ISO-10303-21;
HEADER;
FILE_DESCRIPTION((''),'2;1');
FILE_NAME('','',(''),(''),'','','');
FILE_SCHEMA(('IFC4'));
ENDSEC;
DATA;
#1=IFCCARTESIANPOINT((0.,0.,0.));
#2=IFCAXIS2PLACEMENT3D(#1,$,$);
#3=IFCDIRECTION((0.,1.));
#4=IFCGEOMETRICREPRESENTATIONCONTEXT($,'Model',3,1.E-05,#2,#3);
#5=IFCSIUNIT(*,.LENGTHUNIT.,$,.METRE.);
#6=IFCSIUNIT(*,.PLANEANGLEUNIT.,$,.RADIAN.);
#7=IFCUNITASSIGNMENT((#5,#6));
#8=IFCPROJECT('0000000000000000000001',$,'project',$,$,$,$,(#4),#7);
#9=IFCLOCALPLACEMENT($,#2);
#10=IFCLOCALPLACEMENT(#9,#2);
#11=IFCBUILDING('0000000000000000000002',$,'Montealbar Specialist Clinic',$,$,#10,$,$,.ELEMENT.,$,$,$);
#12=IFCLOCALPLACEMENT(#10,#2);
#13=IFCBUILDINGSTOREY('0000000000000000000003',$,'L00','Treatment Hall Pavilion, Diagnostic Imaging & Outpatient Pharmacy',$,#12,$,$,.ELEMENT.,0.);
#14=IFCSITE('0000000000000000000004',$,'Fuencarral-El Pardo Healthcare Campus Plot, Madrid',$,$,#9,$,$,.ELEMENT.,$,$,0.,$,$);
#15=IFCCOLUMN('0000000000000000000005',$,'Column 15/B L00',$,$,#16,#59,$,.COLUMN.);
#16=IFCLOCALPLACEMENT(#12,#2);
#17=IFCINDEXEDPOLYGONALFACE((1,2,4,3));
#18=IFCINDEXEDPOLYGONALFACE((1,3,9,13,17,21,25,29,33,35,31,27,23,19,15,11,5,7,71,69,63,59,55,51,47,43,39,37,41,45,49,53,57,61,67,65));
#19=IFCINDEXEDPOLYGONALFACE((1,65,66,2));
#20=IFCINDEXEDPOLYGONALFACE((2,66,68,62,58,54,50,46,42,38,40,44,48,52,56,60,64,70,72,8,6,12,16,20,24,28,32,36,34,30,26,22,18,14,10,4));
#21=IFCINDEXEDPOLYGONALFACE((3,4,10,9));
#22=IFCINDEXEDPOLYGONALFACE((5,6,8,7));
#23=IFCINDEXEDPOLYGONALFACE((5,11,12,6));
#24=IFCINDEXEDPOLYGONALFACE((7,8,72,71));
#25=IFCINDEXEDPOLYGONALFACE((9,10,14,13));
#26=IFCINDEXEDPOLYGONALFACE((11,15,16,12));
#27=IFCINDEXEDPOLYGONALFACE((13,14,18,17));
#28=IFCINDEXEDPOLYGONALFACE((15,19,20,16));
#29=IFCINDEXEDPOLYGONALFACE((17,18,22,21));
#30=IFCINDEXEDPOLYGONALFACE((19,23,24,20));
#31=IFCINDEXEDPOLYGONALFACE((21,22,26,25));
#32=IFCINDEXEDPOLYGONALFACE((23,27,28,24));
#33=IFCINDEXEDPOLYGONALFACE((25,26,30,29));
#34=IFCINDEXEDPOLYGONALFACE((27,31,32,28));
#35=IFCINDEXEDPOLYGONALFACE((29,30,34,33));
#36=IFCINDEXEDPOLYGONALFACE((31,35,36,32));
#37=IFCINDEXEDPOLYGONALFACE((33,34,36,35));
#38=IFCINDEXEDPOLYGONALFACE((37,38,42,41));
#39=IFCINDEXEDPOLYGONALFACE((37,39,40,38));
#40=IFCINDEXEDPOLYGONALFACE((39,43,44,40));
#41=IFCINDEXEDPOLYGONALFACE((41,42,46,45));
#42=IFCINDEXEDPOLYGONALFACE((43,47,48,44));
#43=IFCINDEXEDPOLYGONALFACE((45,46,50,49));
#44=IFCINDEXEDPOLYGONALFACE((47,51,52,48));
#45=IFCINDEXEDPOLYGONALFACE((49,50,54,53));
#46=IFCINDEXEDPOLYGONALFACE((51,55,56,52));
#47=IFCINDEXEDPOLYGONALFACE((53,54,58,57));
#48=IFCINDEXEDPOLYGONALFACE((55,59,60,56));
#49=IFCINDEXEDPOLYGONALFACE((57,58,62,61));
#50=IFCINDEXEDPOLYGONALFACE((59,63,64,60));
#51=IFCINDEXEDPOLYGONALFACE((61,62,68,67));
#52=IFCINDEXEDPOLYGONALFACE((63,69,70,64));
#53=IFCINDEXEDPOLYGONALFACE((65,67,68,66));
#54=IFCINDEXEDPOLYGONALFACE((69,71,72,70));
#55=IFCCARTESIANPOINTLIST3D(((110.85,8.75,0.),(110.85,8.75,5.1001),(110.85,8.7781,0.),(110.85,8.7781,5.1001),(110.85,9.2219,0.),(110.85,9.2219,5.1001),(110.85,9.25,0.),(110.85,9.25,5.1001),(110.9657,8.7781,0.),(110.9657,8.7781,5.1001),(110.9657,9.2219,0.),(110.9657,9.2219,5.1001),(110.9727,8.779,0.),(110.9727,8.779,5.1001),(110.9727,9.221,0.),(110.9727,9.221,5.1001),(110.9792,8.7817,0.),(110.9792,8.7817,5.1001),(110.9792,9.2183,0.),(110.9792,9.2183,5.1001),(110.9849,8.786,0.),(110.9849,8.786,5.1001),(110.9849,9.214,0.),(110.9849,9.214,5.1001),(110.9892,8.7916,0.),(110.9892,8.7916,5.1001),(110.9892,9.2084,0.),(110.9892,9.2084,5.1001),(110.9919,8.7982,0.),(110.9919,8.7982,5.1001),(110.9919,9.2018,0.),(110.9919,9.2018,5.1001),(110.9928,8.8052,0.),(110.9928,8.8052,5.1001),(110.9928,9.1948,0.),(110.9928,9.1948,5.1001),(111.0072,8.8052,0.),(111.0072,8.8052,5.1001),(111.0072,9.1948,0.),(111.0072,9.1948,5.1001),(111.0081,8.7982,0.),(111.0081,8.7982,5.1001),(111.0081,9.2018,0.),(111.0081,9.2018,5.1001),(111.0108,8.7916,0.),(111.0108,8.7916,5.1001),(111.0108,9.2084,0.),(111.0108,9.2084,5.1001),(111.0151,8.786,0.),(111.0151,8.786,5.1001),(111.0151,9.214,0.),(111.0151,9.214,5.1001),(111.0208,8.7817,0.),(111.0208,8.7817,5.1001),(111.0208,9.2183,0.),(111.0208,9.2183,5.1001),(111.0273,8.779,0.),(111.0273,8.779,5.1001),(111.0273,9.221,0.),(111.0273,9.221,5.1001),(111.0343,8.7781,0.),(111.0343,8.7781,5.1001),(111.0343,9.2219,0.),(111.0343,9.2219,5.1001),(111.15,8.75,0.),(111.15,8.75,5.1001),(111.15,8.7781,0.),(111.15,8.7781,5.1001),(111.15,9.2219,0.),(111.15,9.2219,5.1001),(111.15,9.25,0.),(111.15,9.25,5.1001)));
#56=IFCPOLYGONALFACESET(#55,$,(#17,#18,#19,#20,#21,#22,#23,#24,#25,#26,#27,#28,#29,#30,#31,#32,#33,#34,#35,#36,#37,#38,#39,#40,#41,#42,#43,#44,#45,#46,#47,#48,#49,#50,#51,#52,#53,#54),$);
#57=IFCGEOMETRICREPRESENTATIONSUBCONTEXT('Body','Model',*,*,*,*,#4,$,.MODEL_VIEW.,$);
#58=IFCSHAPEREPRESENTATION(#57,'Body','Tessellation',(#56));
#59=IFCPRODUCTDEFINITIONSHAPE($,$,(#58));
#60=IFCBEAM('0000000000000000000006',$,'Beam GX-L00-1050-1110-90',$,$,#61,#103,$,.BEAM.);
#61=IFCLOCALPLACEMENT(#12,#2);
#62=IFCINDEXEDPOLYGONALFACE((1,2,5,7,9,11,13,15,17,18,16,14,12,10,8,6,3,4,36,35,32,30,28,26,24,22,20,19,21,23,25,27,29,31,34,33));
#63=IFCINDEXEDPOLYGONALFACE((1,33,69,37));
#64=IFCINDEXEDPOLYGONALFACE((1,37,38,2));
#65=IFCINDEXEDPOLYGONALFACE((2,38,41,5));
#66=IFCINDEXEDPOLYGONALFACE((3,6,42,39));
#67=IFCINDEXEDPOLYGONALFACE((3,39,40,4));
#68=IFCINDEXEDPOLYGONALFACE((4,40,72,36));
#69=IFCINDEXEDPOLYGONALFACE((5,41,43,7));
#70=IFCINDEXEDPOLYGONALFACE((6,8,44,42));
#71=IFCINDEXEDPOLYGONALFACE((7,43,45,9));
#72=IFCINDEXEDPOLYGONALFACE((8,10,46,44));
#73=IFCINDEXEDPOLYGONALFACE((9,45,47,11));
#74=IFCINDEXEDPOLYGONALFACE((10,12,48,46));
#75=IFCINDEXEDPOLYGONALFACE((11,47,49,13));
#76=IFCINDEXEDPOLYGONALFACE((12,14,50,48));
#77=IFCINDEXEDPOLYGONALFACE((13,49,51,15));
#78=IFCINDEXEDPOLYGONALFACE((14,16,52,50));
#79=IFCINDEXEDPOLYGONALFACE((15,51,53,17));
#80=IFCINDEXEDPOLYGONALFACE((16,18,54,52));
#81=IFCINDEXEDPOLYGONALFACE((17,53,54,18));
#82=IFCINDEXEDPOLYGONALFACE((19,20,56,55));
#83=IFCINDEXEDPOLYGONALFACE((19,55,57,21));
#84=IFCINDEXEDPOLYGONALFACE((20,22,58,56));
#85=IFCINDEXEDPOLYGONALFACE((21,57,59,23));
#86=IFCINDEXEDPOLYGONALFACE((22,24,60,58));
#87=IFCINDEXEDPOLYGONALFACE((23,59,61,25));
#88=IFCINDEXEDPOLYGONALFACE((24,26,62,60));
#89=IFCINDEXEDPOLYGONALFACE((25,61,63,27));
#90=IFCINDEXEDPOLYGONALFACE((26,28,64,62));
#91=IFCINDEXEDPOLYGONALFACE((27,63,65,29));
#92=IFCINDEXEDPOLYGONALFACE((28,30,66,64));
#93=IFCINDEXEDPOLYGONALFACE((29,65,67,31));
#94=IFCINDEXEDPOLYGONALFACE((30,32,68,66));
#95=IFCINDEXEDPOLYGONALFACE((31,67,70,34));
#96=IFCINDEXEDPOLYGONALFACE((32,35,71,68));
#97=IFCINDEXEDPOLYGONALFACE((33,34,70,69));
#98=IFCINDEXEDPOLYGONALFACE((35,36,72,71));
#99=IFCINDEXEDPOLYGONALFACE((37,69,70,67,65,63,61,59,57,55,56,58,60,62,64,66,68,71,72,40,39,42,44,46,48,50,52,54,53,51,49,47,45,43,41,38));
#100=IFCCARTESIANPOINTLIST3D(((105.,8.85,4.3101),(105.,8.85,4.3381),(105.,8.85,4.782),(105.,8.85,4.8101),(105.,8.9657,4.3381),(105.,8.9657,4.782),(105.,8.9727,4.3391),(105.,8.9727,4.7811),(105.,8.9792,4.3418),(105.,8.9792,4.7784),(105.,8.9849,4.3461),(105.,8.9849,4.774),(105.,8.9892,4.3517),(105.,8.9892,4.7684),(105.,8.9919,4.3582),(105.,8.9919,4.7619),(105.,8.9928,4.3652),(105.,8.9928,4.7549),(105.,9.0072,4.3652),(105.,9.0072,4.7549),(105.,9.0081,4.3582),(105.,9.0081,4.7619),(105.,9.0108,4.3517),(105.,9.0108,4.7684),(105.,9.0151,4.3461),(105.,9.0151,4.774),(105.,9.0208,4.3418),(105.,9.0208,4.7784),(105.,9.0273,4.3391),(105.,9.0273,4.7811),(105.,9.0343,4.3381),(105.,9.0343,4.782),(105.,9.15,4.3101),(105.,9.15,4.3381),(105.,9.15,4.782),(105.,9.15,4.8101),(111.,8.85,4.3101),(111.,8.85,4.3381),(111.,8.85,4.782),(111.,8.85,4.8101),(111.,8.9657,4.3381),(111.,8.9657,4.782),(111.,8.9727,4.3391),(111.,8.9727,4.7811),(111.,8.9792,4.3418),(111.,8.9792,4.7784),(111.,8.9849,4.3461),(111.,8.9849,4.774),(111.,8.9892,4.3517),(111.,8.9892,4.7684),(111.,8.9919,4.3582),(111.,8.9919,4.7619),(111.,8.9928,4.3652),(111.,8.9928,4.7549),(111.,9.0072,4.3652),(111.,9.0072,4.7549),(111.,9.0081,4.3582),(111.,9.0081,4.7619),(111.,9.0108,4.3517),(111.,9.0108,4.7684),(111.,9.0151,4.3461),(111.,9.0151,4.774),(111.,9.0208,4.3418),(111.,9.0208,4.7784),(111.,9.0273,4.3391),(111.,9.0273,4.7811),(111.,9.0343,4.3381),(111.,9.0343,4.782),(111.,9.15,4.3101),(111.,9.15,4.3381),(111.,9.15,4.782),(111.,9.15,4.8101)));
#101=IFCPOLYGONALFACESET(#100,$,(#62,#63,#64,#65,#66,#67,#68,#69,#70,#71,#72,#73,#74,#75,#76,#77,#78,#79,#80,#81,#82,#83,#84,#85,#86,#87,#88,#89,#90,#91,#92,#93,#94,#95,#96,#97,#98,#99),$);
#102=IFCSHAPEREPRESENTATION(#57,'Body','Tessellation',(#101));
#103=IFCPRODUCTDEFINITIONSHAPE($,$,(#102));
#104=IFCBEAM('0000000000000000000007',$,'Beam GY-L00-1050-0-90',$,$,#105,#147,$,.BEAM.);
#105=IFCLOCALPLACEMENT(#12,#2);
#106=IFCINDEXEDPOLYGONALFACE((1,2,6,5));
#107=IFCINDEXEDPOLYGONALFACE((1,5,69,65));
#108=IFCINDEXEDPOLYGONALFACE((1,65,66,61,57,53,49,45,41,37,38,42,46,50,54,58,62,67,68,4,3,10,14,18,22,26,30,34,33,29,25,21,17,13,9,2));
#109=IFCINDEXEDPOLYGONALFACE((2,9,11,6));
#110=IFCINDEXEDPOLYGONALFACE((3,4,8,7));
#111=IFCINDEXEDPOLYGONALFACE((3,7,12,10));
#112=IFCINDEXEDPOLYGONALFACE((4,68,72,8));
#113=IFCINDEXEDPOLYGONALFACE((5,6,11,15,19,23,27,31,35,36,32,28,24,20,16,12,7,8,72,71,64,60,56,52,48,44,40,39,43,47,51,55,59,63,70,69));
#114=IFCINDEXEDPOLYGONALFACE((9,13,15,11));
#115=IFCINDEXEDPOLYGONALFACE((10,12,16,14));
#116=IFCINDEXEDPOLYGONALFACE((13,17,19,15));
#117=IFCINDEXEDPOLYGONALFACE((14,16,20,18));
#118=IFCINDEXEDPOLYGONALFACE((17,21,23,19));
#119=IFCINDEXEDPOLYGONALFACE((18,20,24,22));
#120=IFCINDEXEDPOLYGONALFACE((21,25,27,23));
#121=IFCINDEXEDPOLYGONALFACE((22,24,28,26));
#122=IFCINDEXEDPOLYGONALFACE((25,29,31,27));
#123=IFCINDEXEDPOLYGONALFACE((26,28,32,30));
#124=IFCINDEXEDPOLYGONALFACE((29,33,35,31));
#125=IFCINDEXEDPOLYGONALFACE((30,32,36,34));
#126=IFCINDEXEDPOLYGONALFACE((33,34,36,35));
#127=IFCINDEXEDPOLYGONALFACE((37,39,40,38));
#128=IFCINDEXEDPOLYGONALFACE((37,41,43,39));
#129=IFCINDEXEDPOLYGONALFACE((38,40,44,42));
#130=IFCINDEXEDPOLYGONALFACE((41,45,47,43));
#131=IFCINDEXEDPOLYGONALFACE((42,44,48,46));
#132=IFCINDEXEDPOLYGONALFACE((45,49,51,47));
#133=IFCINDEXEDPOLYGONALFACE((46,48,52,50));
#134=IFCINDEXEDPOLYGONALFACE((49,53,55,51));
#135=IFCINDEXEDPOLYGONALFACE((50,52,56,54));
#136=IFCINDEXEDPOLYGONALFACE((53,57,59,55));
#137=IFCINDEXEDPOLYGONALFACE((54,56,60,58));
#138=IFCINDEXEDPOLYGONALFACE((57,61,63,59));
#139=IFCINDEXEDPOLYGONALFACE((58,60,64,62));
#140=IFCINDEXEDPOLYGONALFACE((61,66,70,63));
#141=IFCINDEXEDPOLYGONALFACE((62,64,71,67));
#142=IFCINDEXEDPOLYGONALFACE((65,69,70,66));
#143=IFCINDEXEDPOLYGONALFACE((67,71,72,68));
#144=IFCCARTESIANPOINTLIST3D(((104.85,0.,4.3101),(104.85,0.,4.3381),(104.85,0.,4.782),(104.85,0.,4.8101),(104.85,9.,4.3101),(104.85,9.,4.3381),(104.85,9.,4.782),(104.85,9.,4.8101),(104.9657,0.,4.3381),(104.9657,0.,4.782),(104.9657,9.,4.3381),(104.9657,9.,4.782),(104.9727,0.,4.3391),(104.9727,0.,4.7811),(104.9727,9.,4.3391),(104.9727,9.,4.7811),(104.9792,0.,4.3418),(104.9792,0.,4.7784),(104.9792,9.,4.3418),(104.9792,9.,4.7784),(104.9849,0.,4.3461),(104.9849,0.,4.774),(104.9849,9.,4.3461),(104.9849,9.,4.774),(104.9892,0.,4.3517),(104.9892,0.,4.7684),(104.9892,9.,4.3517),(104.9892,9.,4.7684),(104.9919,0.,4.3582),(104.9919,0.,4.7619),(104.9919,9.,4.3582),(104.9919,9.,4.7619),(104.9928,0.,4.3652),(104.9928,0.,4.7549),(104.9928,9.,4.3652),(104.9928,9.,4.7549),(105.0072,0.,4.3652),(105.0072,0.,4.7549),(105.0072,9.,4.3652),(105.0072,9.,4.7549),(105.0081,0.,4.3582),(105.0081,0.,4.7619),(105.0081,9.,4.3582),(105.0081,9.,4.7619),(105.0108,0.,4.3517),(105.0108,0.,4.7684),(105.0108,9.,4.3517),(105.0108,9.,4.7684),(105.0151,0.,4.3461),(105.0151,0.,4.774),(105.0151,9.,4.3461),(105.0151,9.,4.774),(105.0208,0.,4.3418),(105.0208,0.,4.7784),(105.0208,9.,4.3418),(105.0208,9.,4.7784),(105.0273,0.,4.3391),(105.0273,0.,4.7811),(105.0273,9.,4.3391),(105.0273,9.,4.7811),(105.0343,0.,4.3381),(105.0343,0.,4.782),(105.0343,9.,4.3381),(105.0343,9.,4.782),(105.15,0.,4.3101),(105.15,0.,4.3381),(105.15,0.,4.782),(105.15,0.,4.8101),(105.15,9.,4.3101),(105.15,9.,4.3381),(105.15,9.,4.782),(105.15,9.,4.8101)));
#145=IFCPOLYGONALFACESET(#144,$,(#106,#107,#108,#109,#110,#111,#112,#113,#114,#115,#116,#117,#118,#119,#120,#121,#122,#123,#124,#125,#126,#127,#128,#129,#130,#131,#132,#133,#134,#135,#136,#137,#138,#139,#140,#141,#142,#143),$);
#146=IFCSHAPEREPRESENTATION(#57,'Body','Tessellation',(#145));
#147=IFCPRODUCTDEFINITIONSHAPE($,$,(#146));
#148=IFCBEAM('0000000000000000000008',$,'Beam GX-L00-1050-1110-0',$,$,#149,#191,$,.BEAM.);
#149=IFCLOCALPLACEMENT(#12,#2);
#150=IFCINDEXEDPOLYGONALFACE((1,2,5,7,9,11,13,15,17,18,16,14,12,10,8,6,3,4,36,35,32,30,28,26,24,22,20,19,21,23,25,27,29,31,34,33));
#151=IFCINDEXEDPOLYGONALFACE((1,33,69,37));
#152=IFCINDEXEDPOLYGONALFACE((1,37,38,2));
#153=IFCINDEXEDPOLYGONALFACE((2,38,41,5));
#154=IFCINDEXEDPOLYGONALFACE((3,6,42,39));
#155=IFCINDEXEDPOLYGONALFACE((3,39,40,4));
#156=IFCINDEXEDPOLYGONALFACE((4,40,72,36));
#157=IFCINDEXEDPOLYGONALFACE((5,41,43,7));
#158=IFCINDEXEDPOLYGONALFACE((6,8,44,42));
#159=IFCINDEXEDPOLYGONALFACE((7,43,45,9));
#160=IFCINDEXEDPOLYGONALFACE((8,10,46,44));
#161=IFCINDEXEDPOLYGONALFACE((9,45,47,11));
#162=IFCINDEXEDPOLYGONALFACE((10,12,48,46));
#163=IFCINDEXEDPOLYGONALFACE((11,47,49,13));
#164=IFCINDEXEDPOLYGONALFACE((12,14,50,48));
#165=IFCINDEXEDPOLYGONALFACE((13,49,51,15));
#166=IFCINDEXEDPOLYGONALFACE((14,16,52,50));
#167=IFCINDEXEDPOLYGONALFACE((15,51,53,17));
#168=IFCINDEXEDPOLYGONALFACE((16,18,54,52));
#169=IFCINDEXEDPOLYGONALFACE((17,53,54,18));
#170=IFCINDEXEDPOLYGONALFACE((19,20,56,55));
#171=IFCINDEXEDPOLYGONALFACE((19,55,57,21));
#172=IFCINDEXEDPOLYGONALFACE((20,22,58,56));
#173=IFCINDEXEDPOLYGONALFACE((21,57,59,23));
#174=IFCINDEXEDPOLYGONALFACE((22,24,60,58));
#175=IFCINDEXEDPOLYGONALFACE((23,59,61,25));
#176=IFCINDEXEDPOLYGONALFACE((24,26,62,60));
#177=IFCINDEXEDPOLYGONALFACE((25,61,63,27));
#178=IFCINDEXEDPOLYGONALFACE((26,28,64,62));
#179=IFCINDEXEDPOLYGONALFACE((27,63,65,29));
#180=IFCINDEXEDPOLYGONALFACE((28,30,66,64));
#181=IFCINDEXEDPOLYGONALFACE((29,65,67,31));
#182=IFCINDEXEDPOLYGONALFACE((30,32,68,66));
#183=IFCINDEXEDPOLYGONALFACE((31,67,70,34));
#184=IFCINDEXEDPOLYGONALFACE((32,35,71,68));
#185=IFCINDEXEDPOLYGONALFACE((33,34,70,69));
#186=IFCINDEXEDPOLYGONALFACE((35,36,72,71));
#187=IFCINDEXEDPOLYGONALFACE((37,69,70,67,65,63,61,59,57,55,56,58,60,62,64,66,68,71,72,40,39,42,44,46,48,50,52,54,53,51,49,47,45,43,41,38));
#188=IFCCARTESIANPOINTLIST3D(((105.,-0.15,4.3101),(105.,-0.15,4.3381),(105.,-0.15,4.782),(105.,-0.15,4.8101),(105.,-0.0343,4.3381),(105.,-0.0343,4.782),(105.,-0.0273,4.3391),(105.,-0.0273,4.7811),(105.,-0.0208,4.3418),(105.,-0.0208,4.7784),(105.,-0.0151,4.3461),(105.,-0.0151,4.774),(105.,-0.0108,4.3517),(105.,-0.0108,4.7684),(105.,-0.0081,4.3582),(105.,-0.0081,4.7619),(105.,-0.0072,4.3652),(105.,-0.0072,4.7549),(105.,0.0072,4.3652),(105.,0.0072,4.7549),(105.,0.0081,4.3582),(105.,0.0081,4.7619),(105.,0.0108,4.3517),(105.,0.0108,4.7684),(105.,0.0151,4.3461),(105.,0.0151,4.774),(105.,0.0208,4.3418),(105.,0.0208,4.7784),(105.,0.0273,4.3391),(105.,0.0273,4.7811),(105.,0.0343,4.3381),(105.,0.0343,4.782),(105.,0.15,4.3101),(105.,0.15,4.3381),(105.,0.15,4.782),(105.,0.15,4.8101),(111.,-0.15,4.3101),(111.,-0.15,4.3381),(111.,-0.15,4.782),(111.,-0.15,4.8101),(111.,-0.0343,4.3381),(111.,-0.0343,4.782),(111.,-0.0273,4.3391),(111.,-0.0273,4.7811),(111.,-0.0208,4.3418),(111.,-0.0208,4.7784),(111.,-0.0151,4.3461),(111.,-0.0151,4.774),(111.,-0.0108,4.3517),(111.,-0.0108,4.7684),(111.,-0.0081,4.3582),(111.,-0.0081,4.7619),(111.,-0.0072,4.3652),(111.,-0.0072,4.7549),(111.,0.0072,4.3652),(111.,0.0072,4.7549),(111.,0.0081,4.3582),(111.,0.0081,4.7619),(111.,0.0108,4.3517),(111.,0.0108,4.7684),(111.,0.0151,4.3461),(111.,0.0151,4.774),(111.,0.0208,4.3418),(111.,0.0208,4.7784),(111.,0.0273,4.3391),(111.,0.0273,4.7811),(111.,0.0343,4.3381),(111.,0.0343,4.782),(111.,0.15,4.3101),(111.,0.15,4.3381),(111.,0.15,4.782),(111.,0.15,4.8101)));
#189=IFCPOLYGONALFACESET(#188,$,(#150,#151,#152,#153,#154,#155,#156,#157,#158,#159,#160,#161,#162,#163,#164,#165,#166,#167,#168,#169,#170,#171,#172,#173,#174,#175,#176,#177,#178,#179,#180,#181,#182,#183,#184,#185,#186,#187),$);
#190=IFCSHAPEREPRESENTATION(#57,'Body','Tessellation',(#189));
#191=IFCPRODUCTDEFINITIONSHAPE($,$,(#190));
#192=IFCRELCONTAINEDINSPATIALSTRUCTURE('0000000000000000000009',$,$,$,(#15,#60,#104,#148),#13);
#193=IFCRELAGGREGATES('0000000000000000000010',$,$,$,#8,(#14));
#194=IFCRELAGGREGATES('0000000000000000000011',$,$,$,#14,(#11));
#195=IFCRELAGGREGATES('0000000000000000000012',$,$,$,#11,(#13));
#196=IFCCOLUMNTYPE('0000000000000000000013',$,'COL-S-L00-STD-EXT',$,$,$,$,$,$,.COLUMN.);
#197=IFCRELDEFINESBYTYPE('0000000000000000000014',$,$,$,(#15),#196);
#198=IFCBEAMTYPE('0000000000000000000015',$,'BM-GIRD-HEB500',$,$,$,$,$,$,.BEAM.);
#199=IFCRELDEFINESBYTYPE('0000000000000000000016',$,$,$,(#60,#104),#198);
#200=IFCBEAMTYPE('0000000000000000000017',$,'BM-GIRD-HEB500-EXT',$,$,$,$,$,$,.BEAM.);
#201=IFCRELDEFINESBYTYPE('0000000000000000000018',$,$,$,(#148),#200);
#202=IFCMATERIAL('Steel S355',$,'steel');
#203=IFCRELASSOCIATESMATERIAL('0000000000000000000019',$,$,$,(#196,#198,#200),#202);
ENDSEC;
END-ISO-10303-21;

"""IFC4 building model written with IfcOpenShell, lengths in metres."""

from ifc_helpers import new_model, si_unit, direction, frame, origin, origin_2d, place, context, subcontext, project, spatial, i_section, extrude, material, material_profile, profile_set, type_object, element, save


model = new_model("IFC4")

# Units and contexts
model_context = context("Model", 3, precision=1e-05, world=origin(), true_north=direction((0.0, 1.0)))
body_context = subcontext(model_context, "Body", "Model", "MODEL_VIEW")
ifc_project = project(units=[si_unit("LENGTHUNIT", "METRE"), si_unit("PLANEANGLEUNIT", "RADIAN")], contexts=[model_context])

# Site, building, storey
site_placement = place(None, origin())
site = spatial("IfcSite", under=ifc_project, at=site_placement, Name="Fuencarral-El Pardo Healthcare Campus Plot, Madrid", CompositionType="ELEMENT", RefElevation=0.0)
building_placement = place(site_placement, origin())
building = spatial("IfcBuilding", under=site, at=building_placement, Name="Montealbar Specialist Clinic", CompositionType="ELEMENT")
storey_placement = place(building_placement, origin())
storey = spatial("IfcBuildingStorey", under=building, at=storey_placement, Name="L00", Description="Treatment Hall Pavilion, Diagnostic Imaging & Outpatient Pharmacy", CompositionType="ELEMENT", Elevation=0.0)

# Column
ifc_material_1 = material(Name="Steel S355", Category="steel")
ifc_material_profile_1 = material_profile(ifc_material_1, i_section(OverallWidth=0.3, OverallDepth=0.5, WebThickness=0.0144, FlangeThickness=0.0281, FilletRadius=0.0271, at=origin_2d()), Name="HEB 500", Category="steel")
ifc_profile_set_1 = profile_set([ifc_material_profile_1], Name="Steel S355")
column_type_1 = type_object("IfcColumnType", Name="COL-S-L00-STD-EXT", PredefinedType="COLUMN", material=ifc_profile_set_1)
for number, where, z_axis, x_axis, name in (
    (1, (111.0, 9.0, 0.0), (0.0, 0.0, 1.0), (1.0, 0.0, 0.0), "Column 15/B L00"),
):
    element("IfcColumn", number, at=place(storey_placement, frame(where, z_axis=z_axis, x_axis=x_axis)), inside=storey, type_object=column_type_1, Name=name, PredefinedType="COLUMN", context=body_context, shape_type="SweptSolid", body=[
        extrude(i_section(OverallWidth=0.3, OverallDepth=0.5, WebThickness=0.0144, FlangeThickness=0.0281, FilletRadius=0.0271, at=origin_2d()), origin(), (0.0, 0.0, 1.0), 5.1001),
    ])

# Beams
ifc_material_profile_2 = material_profile(ifc_material_1, i_section(OverallWidth=0.3, OverallDepth=0.5, WebThickness=0.0144, FlangeThickness=0.0281, FilletRadius=0.0271, at=origin_2d()), Name="HEB 500", Category="steel")
ifc_profile_set_2 = profile_set([ifc_material_profile_2], Name="Steel S355")
beam_type_1 = type_object("IfcBeamType", Name="BM-GIRD-HEB500", PredefinedType="BEAM", material=ifc_profile_set_2)
beam_1_placement = place(storey_placement, frame((105.0, 9.0, 4.5601), z_axis=(1.0, 0.0, 0.0), x_axis=(0.0, 1.0, 0.0)))
element("IfcBeam", 2, at=beam_1_placement, inside=storey, type_object=beam_type_1, Name="Beam GX-L00-1050-1110-90", PredefinedType="BEAM", context=body_context, shape_type="SweptSolid", body=[
    extrude(i_section(OverallWidth=0.3, OverallDepth=0.5, WebThickness=0.0144, FlangeThickness=0.0281, FilletRadius=0.0271, at=origin_2d()), origin(), (0.0, 0.0, 1.0), 6.0),
])
beam_2_placement = place(storey_placement, frame((105.0, 0.0, 4.5601), z_axis=(0.0, 1.0, 0.0), x_axis=(-1.0, 0.0, 0.0)))
element("IfcBeam", 3, at=beam_2_placement, inside=storey, type_object=beam_type_1, Name="Beam GY-L00-1050-0-90", PredefinedType="BEAM", context=body_context, shape_type="SweptSolid", body=[
    extrude(i_section(OverallWidth=0.3, OverallDepth=0.5, WebThickness=0.0144, FlangeThickness=0.0281, FilletRadius=0.0271, at=origin_2d()), origin(), (0.0, 0.0, 1.0), 9.0),
])
ifc_material_profile_3 = material_profile(ifc_material_1, i_section(OverallWidth=0.3, OverallDepth=0.5, WebThickness=0.0144, FlangeThickness=0.0281, FilletRadius=0.0271, at=origin_2d()), Name="HEB 500", Category="steel")
ifc_profile_set_3 = profile_set([ifc_material_profile_3], Name="Steel S355")
beam_type_2 = type_object("IfcBeamType", Name="BM-GIRD-HEB500-EXT", PredefinedType="BEAM", material=ifc_profile_set_3)
beam_3_placement = place(storey_placement, frame((105.0, 0.0, 4.5601), z_axis=(1.0, 0.0, 0.0), x_axis=(0.0, 1.0, 0.0)))
element("IfcBeam", 4, at=beam_3_placement, inside=storey, type_object=beam_type_2, Name="Beam GX-L00-1050-1110-0", PredefinedType="BEAM", context=body_context, shape_type="SweptSolid", body=[
    extrude(i_section(OverallWidth=0.3, OverallDepth=0.5, WebThickness=0.0144, FlangeThickness=0.0281, FilletRadius=0.0271, at=origin_2d()), origin(), (0.0, 0.0, 1.0), 6.0),
])

save(model, "model.ifc")
